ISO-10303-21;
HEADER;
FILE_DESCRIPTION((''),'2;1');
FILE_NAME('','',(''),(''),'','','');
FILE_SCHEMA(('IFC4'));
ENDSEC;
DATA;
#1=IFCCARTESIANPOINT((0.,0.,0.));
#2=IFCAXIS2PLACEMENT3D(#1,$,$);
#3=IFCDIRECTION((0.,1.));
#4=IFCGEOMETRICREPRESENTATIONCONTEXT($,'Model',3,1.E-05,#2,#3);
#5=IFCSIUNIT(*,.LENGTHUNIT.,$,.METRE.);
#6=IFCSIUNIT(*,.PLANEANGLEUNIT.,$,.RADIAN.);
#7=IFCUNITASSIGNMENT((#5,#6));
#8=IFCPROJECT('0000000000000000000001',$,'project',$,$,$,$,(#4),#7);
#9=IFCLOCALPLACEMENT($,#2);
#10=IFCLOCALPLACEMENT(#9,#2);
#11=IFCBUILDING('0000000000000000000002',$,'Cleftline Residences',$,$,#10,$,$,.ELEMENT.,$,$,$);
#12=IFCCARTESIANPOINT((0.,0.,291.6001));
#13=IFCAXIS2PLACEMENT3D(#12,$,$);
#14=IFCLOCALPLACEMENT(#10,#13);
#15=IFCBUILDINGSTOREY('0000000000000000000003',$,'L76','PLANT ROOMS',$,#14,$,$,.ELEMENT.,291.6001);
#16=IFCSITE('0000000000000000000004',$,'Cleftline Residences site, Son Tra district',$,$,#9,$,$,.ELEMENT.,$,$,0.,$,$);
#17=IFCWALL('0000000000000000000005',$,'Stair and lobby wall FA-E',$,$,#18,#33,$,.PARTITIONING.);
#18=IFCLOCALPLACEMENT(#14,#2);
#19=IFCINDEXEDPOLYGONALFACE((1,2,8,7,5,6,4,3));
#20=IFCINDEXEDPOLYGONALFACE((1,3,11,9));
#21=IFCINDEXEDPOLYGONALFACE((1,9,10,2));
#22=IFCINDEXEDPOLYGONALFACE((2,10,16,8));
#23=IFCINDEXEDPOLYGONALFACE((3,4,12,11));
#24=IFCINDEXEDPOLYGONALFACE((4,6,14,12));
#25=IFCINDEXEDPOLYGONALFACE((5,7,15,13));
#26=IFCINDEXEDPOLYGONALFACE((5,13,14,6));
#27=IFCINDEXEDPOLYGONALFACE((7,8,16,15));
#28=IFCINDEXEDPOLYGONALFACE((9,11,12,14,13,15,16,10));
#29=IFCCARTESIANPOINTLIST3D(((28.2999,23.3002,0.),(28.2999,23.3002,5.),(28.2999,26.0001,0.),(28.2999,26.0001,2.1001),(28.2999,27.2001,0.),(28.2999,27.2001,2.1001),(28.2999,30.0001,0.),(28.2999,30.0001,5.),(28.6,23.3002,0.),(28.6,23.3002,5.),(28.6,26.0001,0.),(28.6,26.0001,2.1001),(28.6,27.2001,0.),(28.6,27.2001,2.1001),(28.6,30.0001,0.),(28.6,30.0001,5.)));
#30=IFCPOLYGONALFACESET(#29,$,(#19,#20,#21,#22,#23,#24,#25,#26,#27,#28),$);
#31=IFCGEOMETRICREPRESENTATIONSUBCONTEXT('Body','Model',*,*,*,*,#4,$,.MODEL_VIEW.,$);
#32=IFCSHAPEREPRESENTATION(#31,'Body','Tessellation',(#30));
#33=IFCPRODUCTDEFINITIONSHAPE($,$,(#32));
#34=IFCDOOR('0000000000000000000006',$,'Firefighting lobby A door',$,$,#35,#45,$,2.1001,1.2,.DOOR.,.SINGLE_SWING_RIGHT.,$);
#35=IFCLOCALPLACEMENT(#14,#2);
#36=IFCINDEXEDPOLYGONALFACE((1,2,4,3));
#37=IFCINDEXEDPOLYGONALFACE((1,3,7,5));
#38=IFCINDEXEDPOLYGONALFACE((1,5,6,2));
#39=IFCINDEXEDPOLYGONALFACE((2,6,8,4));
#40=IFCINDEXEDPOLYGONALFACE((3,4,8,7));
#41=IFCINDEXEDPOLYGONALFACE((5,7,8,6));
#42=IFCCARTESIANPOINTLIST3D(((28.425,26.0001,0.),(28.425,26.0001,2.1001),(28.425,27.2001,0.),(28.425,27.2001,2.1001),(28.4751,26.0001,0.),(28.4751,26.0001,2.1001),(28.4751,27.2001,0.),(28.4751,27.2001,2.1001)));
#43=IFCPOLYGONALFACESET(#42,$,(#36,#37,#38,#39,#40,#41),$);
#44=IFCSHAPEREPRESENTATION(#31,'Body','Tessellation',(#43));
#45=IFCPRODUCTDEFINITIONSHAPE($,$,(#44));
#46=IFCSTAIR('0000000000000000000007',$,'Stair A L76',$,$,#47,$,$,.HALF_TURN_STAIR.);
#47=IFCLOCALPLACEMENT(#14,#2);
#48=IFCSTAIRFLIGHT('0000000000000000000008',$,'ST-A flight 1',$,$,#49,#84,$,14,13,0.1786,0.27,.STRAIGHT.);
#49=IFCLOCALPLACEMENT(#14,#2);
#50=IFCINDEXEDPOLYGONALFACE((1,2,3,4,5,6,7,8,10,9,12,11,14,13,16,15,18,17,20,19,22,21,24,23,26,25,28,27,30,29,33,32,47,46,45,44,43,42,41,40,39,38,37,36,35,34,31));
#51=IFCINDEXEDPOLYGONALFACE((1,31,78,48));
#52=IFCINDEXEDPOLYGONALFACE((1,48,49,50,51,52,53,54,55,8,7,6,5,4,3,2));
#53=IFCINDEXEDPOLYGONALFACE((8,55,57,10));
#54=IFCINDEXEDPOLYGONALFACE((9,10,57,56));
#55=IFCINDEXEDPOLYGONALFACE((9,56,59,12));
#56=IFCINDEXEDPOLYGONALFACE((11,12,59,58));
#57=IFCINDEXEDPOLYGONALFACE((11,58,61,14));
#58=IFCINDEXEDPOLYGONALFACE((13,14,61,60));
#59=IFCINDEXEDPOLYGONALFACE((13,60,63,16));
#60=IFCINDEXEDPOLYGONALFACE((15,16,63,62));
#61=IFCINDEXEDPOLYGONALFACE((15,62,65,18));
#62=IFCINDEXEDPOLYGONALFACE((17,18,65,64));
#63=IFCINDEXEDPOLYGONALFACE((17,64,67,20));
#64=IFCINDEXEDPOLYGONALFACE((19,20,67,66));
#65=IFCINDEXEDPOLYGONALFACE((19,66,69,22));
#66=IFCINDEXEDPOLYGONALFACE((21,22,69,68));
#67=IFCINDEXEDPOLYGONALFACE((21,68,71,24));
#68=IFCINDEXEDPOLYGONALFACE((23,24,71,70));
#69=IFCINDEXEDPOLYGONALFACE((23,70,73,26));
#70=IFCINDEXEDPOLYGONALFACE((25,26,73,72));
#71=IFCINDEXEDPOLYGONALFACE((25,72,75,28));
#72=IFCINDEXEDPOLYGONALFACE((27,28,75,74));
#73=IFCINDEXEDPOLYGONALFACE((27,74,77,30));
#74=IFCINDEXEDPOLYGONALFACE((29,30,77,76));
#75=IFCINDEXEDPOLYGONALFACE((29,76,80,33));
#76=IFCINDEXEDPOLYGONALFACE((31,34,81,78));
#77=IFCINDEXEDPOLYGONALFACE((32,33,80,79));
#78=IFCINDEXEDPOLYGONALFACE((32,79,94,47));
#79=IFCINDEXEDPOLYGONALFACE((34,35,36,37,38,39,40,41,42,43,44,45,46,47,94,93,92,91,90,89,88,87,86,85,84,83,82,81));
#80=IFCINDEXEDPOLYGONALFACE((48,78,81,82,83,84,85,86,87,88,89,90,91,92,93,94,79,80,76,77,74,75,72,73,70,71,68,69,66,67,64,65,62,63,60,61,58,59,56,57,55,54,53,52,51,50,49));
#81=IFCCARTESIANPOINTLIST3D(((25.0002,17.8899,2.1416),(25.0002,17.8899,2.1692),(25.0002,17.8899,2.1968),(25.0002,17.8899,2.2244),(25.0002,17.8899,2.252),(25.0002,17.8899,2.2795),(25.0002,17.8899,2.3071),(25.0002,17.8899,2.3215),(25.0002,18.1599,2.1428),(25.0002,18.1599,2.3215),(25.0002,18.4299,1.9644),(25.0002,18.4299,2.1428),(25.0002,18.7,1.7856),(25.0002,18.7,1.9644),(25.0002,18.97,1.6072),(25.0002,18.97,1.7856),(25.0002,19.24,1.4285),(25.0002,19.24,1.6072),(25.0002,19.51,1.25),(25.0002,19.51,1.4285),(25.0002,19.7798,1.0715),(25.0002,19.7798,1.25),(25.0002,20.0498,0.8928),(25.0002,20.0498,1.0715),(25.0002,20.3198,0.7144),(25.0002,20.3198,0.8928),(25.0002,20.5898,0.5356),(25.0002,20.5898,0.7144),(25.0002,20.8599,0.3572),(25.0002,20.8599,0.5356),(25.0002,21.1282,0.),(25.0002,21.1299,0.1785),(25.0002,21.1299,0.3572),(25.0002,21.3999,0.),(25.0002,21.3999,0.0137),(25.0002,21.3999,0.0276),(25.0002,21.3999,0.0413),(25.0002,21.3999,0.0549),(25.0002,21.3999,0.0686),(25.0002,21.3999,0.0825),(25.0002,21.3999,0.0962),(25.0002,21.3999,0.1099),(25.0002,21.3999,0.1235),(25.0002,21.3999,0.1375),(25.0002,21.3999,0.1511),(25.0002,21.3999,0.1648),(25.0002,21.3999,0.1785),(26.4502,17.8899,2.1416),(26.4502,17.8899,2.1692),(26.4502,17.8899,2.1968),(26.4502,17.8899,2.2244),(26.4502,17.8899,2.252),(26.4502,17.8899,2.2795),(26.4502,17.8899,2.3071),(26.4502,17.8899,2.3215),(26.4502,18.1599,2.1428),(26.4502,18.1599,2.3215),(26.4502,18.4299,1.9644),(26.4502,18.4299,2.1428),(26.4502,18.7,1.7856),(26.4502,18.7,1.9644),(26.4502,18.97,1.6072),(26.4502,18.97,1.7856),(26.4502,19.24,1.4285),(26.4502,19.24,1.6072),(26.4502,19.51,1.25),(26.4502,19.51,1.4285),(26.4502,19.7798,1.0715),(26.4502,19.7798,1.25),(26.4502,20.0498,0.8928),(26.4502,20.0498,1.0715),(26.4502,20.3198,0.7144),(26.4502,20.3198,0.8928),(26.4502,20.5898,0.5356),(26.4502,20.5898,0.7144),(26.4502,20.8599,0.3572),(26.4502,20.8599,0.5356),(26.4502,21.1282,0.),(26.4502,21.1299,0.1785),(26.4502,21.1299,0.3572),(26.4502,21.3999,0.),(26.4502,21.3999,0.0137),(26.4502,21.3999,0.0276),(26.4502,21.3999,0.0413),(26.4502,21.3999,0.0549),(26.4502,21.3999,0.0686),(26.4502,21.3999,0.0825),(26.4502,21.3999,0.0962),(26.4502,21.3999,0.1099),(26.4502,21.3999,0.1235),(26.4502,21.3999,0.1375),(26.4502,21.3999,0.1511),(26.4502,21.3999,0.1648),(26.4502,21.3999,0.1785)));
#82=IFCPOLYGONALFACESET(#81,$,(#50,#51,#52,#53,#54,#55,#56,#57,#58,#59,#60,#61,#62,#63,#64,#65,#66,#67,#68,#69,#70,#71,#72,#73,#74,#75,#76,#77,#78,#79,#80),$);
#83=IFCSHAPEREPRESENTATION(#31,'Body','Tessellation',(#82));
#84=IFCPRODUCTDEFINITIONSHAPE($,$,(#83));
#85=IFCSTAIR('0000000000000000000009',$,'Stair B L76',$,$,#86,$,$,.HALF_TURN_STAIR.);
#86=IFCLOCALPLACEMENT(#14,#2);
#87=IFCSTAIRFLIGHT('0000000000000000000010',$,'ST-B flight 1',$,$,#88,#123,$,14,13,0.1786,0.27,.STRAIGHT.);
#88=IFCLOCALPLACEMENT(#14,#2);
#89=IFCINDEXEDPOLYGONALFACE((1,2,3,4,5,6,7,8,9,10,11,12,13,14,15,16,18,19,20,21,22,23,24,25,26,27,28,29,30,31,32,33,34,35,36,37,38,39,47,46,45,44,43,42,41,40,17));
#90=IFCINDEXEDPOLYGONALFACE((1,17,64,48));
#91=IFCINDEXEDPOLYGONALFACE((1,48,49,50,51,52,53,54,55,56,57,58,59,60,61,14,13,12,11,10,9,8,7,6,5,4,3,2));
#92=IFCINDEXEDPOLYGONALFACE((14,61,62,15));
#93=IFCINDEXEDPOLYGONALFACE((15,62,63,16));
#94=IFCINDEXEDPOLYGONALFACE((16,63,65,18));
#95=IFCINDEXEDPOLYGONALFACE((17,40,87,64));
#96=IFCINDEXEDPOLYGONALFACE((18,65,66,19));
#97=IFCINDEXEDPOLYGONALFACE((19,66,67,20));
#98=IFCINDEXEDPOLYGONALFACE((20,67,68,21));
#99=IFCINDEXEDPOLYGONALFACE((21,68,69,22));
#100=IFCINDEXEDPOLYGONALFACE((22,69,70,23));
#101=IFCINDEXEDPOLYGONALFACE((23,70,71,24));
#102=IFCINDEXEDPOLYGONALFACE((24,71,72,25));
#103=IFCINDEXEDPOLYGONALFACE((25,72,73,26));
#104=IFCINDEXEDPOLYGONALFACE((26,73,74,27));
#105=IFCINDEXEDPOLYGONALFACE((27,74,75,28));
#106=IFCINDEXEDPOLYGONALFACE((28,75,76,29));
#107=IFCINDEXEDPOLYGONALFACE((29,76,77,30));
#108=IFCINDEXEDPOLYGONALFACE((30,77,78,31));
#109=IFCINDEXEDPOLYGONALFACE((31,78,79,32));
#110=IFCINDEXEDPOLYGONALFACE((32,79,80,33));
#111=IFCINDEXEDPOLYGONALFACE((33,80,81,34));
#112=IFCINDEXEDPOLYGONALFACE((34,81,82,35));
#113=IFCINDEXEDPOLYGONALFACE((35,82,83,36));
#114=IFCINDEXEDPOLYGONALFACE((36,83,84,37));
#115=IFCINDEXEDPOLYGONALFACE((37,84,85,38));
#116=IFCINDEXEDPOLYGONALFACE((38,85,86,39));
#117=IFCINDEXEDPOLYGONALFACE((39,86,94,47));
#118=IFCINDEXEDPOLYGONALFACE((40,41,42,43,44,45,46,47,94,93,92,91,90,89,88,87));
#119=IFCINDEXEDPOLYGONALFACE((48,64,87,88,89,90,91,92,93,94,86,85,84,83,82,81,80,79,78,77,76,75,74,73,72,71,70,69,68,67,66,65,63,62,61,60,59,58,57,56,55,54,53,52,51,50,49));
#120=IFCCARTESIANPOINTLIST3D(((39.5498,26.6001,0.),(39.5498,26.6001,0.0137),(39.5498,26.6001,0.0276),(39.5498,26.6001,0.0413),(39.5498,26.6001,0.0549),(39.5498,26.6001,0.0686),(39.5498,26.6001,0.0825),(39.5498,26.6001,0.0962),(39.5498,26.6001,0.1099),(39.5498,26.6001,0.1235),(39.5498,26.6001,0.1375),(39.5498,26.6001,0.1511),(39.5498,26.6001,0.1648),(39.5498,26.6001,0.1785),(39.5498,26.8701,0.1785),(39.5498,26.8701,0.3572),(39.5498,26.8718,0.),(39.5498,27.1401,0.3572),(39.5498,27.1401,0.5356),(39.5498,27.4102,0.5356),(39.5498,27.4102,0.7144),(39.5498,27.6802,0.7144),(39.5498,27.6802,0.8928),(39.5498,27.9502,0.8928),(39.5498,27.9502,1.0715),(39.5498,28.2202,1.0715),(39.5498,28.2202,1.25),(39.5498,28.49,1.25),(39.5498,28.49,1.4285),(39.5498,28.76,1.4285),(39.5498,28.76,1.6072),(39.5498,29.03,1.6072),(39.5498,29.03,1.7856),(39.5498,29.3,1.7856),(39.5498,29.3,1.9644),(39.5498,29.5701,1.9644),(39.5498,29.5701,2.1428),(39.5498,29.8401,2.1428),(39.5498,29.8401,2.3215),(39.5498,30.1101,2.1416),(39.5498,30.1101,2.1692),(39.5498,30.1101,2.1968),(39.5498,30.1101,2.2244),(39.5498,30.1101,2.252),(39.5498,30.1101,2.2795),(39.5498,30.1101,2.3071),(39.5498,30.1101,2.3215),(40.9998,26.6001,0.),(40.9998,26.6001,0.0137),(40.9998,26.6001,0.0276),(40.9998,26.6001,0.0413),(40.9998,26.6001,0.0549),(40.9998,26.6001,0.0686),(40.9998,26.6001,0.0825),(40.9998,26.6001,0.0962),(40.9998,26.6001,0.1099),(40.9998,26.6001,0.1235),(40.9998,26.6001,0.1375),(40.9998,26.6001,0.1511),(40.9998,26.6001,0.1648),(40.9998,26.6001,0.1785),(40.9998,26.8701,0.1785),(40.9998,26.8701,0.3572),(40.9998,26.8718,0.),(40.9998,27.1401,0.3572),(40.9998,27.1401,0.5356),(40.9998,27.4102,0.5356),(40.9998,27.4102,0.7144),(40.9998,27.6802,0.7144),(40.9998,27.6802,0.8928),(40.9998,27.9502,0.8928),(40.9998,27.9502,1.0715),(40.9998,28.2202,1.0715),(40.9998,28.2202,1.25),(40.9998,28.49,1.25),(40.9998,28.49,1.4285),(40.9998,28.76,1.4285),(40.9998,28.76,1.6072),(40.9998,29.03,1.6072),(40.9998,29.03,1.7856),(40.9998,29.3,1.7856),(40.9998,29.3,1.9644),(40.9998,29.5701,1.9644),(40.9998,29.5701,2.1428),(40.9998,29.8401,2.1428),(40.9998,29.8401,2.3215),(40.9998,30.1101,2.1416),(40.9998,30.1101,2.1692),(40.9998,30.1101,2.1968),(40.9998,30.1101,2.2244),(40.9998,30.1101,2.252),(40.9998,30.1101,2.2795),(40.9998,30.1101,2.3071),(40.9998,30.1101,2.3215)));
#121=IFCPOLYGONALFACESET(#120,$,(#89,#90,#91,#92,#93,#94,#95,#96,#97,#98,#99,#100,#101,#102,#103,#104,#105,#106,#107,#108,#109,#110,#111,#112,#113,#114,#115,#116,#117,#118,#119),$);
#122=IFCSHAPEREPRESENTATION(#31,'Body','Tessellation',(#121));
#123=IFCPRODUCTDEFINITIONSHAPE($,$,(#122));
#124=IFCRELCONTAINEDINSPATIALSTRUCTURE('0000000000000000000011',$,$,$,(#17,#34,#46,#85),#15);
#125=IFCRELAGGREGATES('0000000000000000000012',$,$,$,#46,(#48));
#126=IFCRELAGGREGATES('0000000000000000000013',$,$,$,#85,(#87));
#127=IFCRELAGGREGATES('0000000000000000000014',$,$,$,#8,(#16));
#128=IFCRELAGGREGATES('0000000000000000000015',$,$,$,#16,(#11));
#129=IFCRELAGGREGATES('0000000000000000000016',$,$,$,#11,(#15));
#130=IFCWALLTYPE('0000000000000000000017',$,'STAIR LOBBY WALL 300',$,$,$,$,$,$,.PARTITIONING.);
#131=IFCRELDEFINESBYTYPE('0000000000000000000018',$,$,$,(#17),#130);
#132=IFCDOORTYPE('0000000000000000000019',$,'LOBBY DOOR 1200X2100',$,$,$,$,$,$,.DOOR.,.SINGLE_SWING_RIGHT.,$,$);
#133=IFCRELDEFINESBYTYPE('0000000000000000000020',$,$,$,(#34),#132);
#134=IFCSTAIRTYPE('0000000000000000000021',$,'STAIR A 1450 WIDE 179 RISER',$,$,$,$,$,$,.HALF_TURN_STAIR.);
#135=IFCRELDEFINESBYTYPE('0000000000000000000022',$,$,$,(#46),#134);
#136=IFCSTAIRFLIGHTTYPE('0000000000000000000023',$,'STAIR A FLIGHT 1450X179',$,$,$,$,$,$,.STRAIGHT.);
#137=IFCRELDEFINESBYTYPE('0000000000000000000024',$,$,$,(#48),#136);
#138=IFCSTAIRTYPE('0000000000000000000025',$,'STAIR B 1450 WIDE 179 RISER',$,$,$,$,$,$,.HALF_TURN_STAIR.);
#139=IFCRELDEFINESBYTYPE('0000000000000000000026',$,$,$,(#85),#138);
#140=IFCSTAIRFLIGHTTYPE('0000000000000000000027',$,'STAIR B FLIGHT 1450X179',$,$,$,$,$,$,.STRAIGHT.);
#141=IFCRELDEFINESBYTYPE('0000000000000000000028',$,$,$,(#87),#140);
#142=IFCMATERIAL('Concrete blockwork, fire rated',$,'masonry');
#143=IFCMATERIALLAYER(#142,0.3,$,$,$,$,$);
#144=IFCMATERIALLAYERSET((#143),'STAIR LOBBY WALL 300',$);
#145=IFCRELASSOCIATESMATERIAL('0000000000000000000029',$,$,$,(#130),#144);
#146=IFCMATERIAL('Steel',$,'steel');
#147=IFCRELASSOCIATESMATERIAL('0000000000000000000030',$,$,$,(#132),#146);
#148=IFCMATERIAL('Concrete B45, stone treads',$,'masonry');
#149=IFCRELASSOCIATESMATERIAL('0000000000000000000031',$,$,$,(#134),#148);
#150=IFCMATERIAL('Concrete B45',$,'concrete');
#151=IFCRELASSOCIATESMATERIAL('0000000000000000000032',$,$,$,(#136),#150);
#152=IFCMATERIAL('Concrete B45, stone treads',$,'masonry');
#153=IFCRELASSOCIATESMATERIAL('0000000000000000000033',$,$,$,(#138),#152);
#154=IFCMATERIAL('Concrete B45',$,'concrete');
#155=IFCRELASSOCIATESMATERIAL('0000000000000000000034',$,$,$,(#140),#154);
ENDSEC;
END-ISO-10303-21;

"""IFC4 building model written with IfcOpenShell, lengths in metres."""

from ifc_helpers import new_model, si_unit, direction, frame, frame_2d, origin, place, context, subcontext, project, spatial, polyline, rectangle, outline, extrude, material, layer, layer_set, type_object, element, fill, aggregate, save


model = new_model("IFC4")

# Units and contexts
model_context = context("Model", 3, precision=1e-05, world=origin(), true_north=direction((0.0, 1.0)))
body_context = subcontext(model_context, "Body", "Model", "MODEL_VIEW")
ifc_project = project(units=[si_unit("LENGTHUNIT", "METRE"), si_unit("PLANEANGLEUNIT", "RADIAN")], contexts=[model_context])

# Site, building, storey
site_placement = place(None, origin())
site = spatial("IfcSite", under=ifc_project, at=site_placement, Name="Cleftline Residences site, Son Tra district", CompositionType="ELEMENT", RefElevation=0.0)
building_placement = place(site_placement, origin())
building = spatial("IfcBuilding", under=site, at=building_placement, Name="Cleftline Residences", CompositionType="ELEMENT")
storey_placement = place(building_placement, frame((0.0, 0.0, 291.6001)))
storey = spatial("IfcBuildingStorey", under=building, at=storey_placement, Name="L76", Description="PLANT ROOMS", CompositionType="ELEMENT", Elevation=291.6001)

# Wall, opening, door
ifc_material_1 = material(Name="Concrete blockwork, fire rated", Category="masonry")
ifc_layer_1 = layer(ifc_material_1, 0.3)
ifc_layer_set_1 = layer_set([ifc_layer_1], Name="STAIR LOBBY WALL 300")
wall_type_1 = type_object("IfcWallType", Name="STAIR LOBBY WALL 300", PredefinedType="PARTITIONING", material=ifc_layer_set_1)
wall_1_placement = place(storey_placement, frame((28.45, 23.3, 0.0), z_axis=(0.0, 0.0, 1.0), x_axis=(0.0, 1.0, 0.0)))
wall_1 = element("IfcWall", 1, at=wall_1_placement, inside=storey, type_object=wall_type_1, Name="Stair and lobby wall FA-E", PredefinedType="PARTITIONING", context=body_context, shape_type="SweptSolid", body=[
    extrude(rectangle(XDim=6.7, YDim=0.3, at=frame_2d((3.3501, 0.0))), origin(), (0.0, 0.0, 1.0), 5.0),
])
opening_1_placement = place(wall_1_placement, frame((2.7, 0.0, 0.0)))
opening_1 = element("IfcOpeningElement", 2, at=opening_1_placement, cuts=wall_1, PredefinedType="OPENING", context=body_context, shape_type="SweptSolid", body=[
    extrude(rectangle(XDim=1.2, YDim=2.1001, at=frame_2d((0.6001, 1.05))), frame((0.0, 0.1599, 0.0), z_axis=(0.0, -1.0, 0.0), x_axis=(1.0, 0.0, 0.0)), (0.0, 0.0, 1.0), 0.3201),
])
ifc_material_2 = material(Name="Steel", Category="steel")
door_type_1 = type_object("IfcDoorType", Name="LOBBY DOOR 1200X2100", OperationType="SINGLE_SWING_RIGHT", PredefinedType="DOOR", material=ifc_material_2)
door_1_placement = place(opening_1_placement, origin())
door_1 = element("IfcDoor", 3, at=door_1_placement, inside=storey, type_object=door_type_1, Name="Firefighting lobby A door", OperationType="SINGLE_SWING_RIGHT", OverallHeight=2.1001, OverallWidth=1.2, PredefinedType="DOOR", context=body_context, shape_type="SweptSolid", body=[
    extrude(rectangle(XDim=1.2, YDim=2.1001, at=frame_2d((0.6001, 1.05))), frame((0.0, 0.0249, 0.0), z_axis=(0.0, -1.0, 0.0), x_axis=(1.0, 0.0, 0.0)), (0.0, 0.0, 1.0), 0.05),
])
fill(opening_1, door_1)

# Stair, stair flight
ifc_material_3 = material(Name="Concrete B45, stone treads", Category="masonry")
stair_type_1 = type_object("IfcStairType", Name="STAIR A 1450 WIDE 179 RISER", PredefinedType="HALF_TURN_STAIR", material=ifc_material_3)
stair_1_placement = place(storey_placement, origin())
stair_1 = element("IfcStair", 4, at=stair_1_placement, inside=storey, type_object=stair_type_1, Name="Stair A L76", PredefinedType="HALF_TURN_STAIR")
ifc_material_4 = material(Name="Concrete B45", Category="concrete")
stair_flight_type_1 = type_object("IfcStairFlightType", Name="STAIR A FLIGHT 1450X179", PredefinedType="STRAIGHT", material=ifc_material_4)
stair_flight_1_placement = place(storey_placement, frame((25.7251, 21.3999, 0.0), z_axis=(0.0, 0.0, 1.0), x_axis=(0.0, -1.0, 0.0)))
stair_flight_1 = element("IfcStairFlight", 5, at=stair_flight_1_placement, type_object=stair_flight_type_1, Name="ST-A flight 1", NumberOfRisers=14, NumberOfTreads=13, PredefinedType="STRAIGHT", RiserHeight=0.1786, TreadLength=0.27, context=body_context, shape_type="SweptSolid", body=[
    extrude(outline(polyline([(0.0, 0.0), (0.0, 0.0137), (0.0, 0.0276), (0.0, 0.0413), (0.0, 0.0549), (0.0, 0.0686), (0.0, 0.0825), (0.0, 0.0962), (0.0, 0.1099), (0.0, 0.1235), (0.0, 0.1375), (0.0, 0.1511), (0.0, 0.1648), (0.0, 0.1785), (0.27, 0.1785), (0.27, 0.3572), (0.54, 0.3572), (0.54, 0.5356), (0.8101, 0.5356), (0.8101, 0.7144), (1.0801, 0.7144), (1.0801, 0.8928), (1.3501, 0.8928), (1.3501, 1.0715), (1.6201, 1.0715), (1.6201, 1.25), (1.8899, 1.25), (1.8899, 1.4285), (2.1599, 1.4285), (2.1599, 1.6072), (2.4299, 1.6072), (2.4299, 1.7856), (2.7, 1.7856), (2.7, 1.9644), (2.97, 1.9644), (2.97, 2.1428), (3.24, 2.1428), (3.24, 2.3215), (3.51, 2.3215), (3.51, 2.5), (3.51, 2.4724), (3.51, 2.4448), (3.51, 2.4172), (3.51, 2.3896), (3.51, 2.3623), (3.51, 2.3347), (3.51, 2.3071), (3.51, 2.2795), (3.51, 2.252), (3.51, 2.2244), (3.51, 2.1968), (3.51, 2.1692), (3.51, 2.1416), (0.2717, 0.0), (0.0, 0.0)])), frame((0.0, 0.7251, 0.0), z_axis=(0.0, -1.0, 0.0), x_axis=(1.0, 0.0, 0.0)), (0.0, 0.0, 1.0), 1.45),
])
aggregate(stair_1, [stair_flight_1])

# Stair, stair flight
ifc_material_5 = material(Name="Concrete B45, stone treads", Category="masonry")
stair_type_2 = type_object("IfcStairType", Name="STAIR B 1450 WIDE 179 RISER", PredefinedType="HALF_TURN_STAIR", material=ifc_material_5)
stair_2_placement = place(storey_placement, origin())
stair_2 = element("IfcStair", 6, at=stair_2_placement, inside=storey, type_object=stair_type_2, Name="Stair B L76", PredefinedType="HALF_TURN_STAIR")
ifc_material_6 = material(Name="Concrete B45", Category="concrete")
stair_flight_type_2 = type_object("IfcStairFlightType", Name="STAIR B FLIGHT 1450X179", PredefinedType="STRAIGHT", material=ifc_material_6)
stair_flight_2_placement = place(storey_placement, frame((40.2749, 26.6001, 0.0), z_axis=(0.0, 0.0, 1.0), x_axis=(0.0, 1.0, 0.0)))
stair_flight_2 = element("IfcStairFlight", 7, at=stair_flight_2_placement, type_object=stair_flight_type_2, Name="ST-B flight 1", NumberOfRisers=14, NumberOfTreads=13, PredefinedType="STRAIGHT", RiserHeight=0.1786, TreadLength=0.27, context=body_context, shape_type="SweptSolid", body=[
    extrude(outline(polyline([(0.0, 0.0), (0.0, 0.0137), (0.0, 0.0276), (0.0, 0.0413), (0.0, 0.0549), (0.0, 0.0686), (0.0, 0.0825), (0.0, 0.0962), (0.0, 0.1099), (0.0, 0.1235), (0.0, 0.1375), (0.0, 0.1511), (0.0, 0.1648), (0.0, 0.1785), (0.27, 0.1785), (0.27, 0.3572), (0.54, 0.3572), (0.54, 0.5356), (0.8101, 0.5356), (0.8101, 0.7144), (1.0801, 0.7144), (1.0801, 0.8928), (1.3501, 0.8928), (1.3501, 1.0715), (1.6201, 1.0715), (1.6201, 1.25), (1.8899, 1.25), (1.8899, 1.4285), (2.1599, 1.4285), (2.1599, 1.6072), (2.4299, 1.6072), (2.4299, 1.7856), (2.7, 1.7856), (2.7, 1.9644), (2.97, 1.9644), (2.97, 2.1428), (3.24, 2.1428), (3.24, 2.3215), (3.51, 2.3215), (3.51, 2.5), (3.51, 2.4724), (3.51, 2.4448), (3.51, 2.4172), (3.51, 2.3896), (3.51, 2.3623), (3.51, 2.3347), (3.51, 2.3071), (3.51, 2.2795), (3.51, 2.252), (3.51, 2.2244), (3.51, 2.1968), (3.51, 2.1692), (3.51, 2.1416), (0.2717, 0.0), (0.0, 0.0)])), frame((0.0, 0.7251, 0.0), z_axis=(0.0, -1.0, 0.0), x_axis=(1.0, 0.0, 0.0)), (0.0, 0.0, 1.0), 1.45),
])
aggregate(stair_2, [stair_flight_2])

save(model, "model.ifc")
